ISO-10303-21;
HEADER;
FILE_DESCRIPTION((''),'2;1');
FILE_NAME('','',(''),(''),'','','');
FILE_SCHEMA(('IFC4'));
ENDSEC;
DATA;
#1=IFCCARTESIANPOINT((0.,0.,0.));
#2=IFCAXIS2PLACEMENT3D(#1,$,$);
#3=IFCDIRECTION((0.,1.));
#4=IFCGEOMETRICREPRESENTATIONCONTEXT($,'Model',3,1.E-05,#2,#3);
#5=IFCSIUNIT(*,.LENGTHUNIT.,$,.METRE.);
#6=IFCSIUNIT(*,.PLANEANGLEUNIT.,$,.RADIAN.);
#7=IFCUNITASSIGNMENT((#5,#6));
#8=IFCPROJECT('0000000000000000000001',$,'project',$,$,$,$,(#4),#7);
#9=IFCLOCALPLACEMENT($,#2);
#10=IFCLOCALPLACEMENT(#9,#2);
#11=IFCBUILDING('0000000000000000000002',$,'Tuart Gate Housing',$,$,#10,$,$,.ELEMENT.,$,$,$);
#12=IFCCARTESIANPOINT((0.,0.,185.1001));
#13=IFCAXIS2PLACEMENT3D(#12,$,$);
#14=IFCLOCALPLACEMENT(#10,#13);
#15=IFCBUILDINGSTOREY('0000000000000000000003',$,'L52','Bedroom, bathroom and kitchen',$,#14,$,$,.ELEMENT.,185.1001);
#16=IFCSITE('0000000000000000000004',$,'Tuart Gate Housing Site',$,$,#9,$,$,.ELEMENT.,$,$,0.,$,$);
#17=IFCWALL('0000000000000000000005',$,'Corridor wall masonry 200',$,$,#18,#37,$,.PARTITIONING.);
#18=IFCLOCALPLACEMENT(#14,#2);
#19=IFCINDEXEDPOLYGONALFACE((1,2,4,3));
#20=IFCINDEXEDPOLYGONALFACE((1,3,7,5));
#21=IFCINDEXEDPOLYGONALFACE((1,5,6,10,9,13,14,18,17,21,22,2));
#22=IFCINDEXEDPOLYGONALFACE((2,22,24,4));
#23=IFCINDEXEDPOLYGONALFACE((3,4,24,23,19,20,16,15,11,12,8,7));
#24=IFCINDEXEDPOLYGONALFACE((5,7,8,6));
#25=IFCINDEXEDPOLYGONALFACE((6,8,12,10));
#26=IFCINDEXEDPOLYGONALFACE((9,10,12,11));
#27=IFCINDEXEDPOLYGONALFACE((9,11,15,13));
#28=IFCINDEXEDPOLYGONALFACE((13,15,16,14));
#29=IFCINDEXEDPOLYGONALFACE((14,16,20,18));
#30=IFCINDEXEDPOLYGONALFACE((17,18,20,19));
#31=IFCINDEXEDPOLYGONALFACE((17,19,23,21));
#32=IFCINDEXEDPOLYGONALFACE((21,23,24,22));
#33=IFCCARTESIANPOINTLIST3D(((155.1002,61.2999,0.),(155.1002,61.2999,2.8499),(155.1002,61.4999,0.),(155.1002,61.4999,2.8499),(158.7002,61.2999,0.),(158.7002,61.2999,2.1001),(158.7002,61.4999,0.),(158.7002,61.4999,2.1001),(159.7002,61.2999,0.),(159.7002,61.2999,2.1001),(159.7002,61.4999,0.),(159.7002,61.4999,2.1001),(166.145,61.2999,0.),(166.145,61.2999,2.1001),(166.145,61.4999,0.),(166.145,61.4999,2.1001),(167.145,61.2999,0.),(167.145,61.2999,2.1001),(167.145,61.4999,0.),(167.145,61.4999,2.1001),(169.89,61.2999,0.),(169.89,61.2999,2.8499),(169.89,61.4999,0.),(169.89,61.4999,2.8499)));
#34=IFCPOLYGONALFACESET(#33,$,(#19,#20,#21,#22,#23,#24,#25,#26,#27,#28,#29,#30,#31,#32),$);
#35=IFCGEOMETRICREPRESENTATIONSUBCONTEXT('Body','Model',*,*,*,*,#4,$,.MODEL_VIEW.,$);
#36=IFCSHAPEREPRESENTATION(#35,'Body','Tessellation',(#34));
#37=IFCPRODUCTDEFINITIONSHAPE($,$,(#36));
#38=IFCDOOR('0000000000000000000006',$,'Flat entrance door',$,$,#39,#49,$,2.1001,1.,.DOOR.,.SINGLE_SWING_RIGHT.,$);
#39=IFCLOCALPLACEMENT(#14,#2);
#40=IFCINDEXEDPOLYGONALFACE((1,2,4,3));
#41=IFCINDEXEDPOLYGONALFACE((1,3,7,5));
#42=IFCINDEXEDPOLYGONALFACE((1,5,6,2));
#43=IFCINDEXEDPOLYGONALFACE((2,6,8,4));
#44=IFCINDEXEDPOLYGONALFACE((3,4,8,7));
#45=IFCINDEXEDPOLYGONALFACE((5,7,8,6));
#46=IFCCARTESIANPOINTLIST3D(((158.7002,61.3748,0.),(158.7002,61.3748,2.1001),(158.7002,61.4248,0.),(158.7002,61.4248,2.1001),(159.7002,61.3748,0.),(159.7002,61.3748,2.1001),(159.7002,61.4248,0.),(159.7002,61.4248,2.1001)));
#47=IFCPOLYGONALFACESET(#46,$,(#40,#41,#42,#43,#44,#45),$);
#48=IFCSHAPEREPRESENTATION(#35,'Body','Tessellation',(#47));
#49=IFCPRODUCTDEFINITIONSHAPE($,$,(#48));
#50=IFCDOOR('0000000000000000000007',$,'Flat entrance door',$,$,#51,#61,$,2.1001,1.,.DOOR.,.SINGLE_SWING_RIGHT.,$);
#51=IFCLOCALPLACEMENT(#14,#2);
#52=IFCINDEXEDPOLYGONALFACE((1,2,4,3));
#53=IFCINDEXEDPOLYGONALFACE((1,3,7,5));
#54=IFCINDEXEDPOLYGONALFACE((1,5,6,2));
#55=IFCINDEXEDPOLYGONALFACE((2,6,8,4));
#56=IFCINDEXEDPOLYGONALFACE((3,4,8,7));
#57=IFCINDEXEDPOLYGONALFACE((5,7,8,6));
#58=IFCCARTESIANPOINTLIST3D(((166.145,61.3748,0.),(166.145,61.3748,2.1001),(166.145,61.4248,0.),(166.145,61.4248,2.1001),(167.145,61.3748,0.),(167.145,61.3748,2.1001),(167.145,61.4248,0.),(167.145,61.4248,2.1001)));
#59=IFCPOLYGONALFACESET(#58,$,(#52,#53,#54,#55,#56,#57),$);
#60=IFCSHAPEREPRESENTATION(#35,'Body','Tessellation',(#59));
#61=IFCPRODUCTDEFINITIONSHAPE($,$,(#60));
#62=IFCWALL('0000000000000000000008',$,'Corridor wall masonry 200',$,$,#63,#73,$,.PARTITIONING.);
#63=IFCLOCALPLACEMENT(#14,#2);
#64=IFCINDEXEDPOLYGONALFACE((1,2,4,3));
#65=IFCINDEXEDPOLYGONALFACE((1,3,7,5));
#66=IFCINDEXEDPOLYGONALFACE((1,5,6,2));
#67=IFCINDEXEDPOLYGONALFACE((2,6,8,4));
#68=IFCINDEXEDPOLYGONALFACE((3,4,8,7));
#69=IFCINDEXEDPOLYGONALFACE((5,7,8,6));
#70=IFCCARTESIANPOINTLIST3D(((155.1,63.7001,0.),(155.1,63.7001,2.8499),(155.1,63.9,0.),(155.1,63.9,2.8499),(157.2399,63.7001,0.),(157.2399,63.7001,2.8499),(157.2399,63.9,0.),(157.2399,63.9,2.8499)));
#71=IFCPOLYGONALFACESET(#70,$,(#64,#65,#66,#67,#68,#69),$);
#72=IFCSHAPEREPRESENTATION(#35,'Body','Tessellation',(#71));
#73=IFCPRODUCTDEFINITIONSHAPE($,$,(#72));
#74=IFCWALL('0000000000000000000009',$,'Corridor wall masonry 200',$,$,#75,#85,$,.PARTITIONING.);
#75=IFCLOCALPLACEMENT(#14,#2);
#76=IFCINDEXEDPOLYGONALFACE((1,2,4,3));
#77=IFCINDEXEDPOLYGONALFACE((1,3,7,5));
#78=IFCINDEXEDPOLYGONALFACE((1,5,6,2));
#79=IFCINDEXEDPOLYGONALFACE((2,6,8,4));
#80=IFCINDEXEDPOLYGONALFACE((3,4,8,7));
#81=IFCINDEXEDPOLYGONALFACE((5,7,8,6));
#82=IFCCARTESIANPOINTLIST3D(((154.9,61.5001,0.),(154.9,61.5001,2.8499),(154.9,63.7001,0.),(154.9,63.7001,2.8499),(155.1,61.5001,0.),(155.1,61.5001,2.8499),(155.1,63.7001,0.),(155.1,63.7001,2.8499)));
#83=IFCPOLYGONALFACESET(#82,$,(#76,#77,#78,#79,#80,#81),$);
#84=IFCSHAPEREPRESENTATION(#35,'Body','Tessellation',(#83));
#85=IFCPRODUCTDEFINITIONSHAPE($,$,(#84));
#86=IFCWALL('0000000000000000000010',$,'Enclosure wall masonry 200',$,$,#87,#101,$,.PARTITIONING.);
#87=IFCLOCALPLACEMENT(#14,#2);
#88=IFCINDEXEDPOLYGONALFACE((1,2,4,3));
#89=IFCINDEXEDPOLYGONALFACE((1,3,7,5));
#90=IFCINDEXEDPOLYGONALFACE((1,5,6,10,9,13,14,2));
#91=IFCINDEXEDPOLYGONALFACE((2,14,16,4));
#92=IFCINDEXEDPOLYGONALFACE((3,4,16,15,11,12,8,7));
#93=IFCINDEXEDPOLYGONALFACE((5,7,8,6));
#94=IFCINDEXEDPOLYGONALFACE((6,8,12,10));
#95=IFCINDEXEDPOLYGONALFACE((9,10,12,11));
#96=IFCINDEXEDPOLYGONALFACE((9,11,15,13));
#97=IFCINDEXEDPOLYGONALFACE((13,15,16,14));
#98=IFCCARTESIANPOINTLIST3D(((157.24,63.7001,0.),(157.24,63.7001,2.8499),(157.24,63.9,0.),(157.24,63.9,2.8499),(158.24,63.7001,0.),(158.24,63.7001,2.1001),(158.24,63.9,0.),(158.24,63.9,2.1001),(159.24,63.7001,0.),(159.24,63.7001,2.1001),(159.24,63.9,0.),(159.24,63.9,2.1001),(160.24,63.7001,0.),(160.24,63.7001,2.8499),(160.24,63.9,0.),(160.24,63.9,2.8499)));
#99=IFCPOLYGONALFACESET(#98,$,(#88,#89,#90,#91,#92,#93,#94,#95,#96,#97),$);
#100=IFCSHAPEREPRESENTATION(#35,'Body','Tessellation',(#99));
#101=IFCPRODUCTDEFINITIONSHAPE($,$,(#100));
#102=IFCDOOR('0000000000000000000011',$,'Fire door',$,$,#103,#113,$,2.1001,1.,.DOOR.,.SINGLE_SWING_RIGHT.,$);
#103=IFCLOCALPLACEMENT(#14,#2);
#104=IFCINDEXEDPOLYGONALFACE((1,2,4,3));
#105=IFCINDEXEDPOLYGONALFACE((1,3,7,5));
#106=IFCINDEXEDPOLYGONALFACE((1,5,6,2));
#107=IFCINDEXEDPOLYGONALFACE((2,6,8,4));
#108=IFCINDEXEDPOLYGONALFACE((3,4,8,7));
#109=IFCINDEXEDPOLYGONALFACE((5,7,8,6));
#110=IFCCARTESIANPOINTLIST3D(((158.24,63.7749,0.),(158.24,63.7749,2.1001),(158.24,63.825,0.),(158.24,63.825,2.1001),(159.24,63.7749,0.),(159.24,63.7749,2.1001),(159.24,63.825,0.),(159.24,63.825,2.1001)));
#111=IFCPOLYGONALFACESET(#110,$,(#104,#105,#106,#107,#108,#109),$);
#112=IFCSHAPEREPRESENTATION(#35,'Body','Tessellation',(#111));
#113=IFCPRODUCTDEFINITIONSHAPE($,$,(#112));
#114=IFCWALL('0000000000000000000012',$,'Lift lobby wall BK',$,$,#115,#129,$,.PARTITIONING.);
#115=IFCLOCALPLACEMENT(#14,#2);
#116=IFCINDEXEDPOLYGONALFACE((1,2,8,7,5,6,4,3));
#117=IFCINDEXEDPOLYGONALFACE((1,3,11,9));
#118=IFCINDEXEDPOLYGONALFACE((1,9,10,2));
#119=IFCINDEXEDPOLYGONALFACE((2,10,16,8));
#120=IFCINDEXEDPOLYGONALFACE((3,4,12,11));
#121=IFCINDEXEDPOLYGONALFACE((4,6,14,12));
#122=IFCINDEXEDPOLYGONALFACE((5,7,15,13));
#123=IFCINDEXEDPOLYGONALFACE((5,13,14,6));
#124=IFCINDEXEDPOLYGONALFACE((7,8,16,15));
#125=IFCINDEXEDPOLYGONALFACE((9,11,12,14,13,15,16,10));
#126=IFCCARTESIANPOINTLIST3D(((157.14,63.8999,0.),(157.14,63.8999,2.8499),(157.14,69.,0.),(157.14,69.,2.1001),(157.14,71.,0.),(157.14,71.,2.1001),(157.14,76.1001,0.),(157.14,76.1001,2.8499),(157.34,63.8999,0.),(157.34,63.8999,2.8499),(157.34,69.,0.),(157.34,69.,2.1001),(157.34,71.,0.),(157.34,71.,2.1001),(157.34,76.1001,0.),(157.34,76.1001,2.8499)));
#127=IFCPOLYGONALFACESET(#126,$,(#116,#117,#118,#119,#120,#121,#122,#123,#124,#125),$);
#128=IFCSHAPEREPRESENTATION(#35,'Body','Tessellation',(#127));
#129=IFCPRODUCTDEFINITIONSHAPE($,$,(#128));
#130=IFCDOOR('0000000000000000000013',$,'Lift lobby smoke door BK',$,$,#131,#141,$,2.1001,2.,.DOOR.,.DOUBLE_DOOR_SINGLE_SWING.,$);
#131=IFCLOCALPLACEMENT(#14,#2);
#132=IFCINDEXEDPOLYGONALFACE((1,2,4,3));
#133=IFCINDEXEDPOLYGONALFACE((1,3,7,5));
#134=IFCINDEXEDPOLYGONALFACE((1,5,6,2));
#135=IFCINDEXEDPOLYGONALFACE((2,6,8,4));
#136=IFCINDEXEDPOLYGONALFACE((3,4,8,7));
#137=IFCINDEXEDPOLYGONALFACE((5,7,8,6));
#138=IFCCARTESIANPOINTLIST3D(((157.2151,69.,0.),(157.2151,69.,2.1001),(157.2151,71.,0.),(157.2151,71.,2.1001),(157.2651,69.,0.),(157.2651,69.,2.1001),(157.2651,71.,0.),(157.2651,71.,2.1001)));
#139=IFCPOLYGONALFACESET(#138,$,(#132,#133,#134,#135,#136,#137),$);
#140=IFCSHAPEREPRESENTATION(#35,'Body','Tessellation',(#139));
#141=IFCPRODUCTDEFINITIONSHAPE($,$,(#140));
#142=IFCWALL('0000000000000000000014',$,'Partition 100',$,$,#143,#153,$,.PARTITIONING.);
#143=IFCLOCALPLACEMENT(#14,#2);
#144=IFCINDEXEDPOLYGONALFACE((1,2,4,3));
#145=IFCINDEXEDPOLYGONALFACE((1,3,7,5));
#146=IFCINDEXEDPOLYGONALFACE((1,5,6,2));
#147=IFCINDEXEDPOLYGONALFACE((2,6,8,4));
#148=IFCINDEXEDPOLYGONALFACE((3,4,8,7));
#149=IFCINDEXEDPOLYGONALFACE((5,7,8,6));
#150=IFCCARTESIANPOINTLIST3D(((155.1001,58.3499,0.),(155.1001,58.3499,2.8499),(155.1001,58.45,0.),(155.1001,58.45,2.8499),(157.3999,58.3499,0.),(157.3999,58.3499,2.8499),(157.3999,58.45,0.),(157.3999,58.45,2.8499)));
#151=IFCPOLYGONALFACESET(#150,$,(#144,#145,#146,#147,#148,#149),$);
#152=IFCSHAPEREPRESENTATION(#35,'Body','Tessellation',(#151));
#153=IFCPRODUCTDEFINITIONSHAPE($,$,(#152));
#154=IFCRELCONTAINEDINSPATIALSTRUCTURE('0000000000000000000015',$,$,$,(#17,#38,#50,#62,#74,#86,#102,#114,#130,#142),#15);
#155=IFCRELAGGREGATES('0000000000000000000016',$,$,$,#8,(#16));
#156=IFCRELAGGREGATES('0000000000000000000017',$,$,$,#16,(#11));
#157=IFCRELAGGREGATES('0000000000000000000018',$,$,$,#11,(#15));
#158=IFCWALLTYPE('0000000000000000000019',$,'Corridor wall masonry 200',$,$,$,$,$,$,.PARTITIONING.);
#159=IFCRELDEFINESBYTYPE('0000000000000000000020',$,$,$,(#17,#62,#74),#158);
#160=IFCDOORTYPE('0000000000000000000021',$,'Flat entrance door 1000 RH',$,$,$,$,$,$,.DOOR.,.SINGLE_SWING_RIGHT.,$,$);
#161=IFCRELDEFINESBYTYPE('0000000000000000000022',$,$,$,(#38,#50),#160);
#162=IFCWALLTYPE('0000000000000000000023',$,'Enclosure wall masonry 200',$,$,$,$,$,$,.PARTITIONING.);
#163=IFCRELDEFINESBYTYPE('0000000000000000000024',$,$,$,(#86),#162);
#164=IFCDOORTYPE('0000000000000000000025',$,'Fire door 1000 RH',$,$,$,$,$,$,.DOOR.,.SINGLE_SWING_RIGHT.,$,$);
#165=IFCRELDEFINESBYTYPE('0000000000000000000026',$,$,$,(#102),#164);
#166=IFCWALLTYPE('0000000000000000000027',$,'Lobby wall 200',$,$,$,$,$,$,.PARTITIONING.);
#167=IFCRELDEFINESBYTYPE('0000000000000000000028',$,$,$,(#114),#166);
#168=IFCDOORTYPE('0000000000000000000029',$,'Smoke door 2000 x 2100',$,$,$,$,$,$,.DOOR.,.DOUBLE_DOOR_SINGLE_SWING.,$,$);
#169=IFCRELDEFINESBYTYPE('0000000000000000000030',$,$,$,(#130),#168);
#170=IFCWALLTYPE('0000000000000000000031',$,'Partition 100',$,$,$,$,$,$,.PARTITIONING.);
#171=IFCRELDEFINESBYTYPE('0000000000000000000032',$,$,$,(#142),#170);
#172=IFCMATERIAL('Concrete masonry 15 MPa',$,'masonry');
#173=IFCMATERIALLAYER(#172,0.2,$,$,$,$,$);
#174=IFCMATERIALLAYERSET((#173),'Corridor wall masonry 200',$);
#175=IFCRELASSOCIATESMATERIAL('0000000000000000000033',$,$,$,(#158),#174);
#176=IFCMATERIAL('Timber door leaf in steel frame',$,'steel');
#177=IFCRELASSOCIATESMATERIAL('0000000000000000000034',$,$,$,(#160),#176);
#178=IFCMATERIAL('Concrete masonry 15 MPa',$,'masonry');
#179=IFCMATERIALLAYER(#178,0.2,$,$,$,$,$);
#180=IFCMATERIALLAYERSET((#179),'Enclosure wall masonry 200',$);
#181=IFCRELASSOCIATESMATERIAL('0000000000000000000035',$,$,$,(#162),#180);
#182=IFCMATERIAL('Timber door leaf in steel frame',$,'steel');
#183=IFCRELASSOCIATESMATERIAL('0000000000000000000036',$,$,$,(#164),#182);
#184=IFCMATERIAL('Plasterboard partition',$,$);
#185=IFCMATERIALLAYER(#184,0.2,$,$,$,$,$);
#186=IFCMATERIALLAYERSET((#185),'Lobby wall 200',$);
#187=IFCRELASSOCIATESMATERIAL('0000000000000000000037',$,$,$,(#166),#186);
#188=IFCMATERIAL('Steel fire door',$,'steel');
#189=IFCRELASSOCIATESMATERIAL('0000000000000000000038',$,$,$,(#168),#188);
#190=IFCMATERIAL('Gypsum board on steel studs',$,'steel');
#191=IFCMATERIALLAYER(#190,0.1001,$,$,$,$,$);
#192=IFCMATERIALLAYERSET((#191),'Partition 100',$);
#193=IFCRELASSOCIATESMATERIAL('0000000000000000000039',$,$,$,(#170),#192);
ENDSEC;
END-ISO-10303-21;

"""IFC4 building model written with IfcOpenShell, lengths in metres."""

from ifc_helpers import new_model, si_unit, direction, frame, frame_2d, origin, place, context, subcontext, project, spatial, rectangle, extrude, material, layer, layer_set, type_object, element, fill, save


model = new_model("IFC4")

# Units and contexts
model_context = context("Model", 3, precision=1e-05, world=origin(), true_north=direction((0.0, 1.0)))
body_context = subcontext(model_context, "Body", "Model", "MODEL_VIEW")
ifc_project = project(units=[si_unit("LENGTHUNIT", "METRE"), si_unit("PLANEANGLEUNIT", "RADIAN")], contexts=[model_context])

# Site, building, storey
site_placement = place(None, origin())
site = spatial("IfcSite", under=ifc_project, at=site_placement, Name="Tuart Gate Housing Site", CompositionType="ELEMENT", RefElevation=0.0)
building_placement = place(site_placement, origin())
building = spatial("IfcBuilding", under=site, at=building_placement, Name="Tuart Gate Housing", CompositionType="ELEMENT")
storey_placement = place(building_placement, frame((0.0, 0.0, 185.1001)))
storey = spatial("IfcBuildingStorey", under=building, at=storey_placement, Name="L52", Description="Bedroom, bathroom and kitchen", CompositionType="ELEMENT", Elevation=185.1001)

# Wall, openings, doors
ifc_material_1 = material(Name="Concrete masonry 15 MPa", Category="masonry")
ifc_layer_1 = layer(ifc_material_1, 0.2)
ifc_layer_set_1 = layer_set([ifc_layer_1], Name="Corridor wall masonry 200")
wall_type_1 = type_object("IfcWallType", Name="Corridor wall masonry 200", PredefinedType="PARTITIONING", material=ifc_layer_set_1)
wall_1_placement = place(storey_placement, frame((155.1001, 61.3999, 0.0), z_axis=(0.0, 0.0, 1.0), x_axis=(1.0, 0.0, 0.0)))
wall_1 = element("IfcWall", 1, at=wall_1_placement, inside=storey, type_object=wall_type_1, Name="Corridor wall masonry 200", PredefinedType="PARTITIONING", context=body_context, shape_type="SweptSolid", body=[
    extrude(rectangle(XDim=14.7898, YDim=0.2, at=frame_2d((7.395, 0.0))), origin(), (0.0, 0.0, 1.0), 2.8499),
])
opening_1_placement = place(wall_1_placement, frame((3.6001, 0.0, 0.0)))
opening_1 = element("IfcOpeningElement", 2, at=opening_1_placement, cuts=wall_1, PredefinedType="OPENING", context=body_context, shape_type="SweptSolid", body=[
    extrude(rectangle(XDim=1.0, YDim=2.1001, at=frame_2d((0.5, 1.05))), frame((0.0, 0.1099, 0.0), z_axis=(0.0, -1.0, 0.0), x_axis=(1.0, 0.0, 0.0)), (0.0, 0.0, 1.0), 0.22),
])
opening_2_placement = place(wall_1_placement, frame((11.0449, 0.0, 0.0)))
opening_2 = element("IfcOpeningElement", 3, at=opening_2_placement, cuts=wall_1, PredefinedType="OPENING", context=body_context, shape_type="SweptSolid", body=[
    extrude(rectangle(XDim=1.0, YDim=2.1001, at=frame_2d((0.5, 1.05))), frame((0.0, 0.1099, 0.0), z_axis=(0.0, -1.0, 0.0), x_axis=(1.0, 0.0, 0.0)), (0.0, 0.0, 1.0), 0.22),
])
ifc_material_2 = material(Name="Timber door leaf in steel frame", Category="steel")
door_type_1 = type_object("IfcDoorType", Name="Flat entrance door 1000 RH", OperationType="SINGLE_SWING_RIGHT", PredefinedType="DOOR", material=ifc_material_2)
door_1_placement = place(opening_1_placement, frame((1.0, 0.0, 0.0), z_axis=(0.0, 0.0, 1.0), x_axis=(-1.0, 0.0, 0.0)))
door_1 = element("IfcDoor", 4, at=door_1_placement, inside=storey, type_object=door_type_1, Name="Flat entrance door", OperationType="SINGLE_SWING_RIGHT", OverallHeight=2.1001, OverallWidth=1.0, PredefinedType="DOOR", context=body_context, shape_type="SweptSolid", body=[
    extrude(rectangle(XDim=1.0, YDim=2.1001, at=frame_2d((0.5, 1.05))), frame((0.0, 0.0251, 0.0), z_axis=(0.0, -1.0, 0.0), x_axis=(1.0, 0.0, 0.0)), (0.0, 0.0, 1.0), 0.05),
])
fill(opening_1, door_1)
door_2_placement = place(opening_2_placement, frame((1.0, 0.0, 0.0), z_axis=(0.0, 0.0, 1.0), x_axis=(-1.0, 0.0, 0.0)))
door_2 = element("IfcDoor", 5, at=door_2_placement, inside=storey, type_object=door_type_1, Name="Flat entrance door", OperationType="SINGLE_SWING_RIGHT", OverallHeight=2.1001, OverallWidth=1.0, PredefinedType="DOOR", context=body_context, shape_type="SweptSolid", body=[
    extrude(rectangle(XDim=1.0, YDim=2.1001, at=frame_2d((0.5, 1.05))), frame((0.0, 0.0251, 0.0), z_axis=(0.0, -1.0, 0.0), x_axis=(1.0, 0.0, 0.0)), (0.0, 0.0, 1.0), 0.05),
])
fill(opening_2, door_2)

# Walls
wall_2_placement = place(storey_placement, frame((155.1001, 63.8, 0.0), z_axis=(0.0, 0.0, 1.0), x_axis=(1.0, 0.0, 0.0)))
element("IfcWall", 6, at=wall_2_placement, inside=storey, type_object=wall_type_1, Name="Corridor wall masonry 200", PredefinedType="PARTITIONING", context=body_context, shape_type="SweptSolid", body=[
    extrude(rectangle(XDim=2.1399, YDim=0.2, at=frame_2d((1.0698, 0.0))), origin(), (0.0, 0.0, 1.0), 2.8499),
])
wall_3_placement = place(storey_placement, frame((155.0, 61.5, 0.0), z_axis=(0.0, 0.0, 1.0), x_axis=(0.0, 1.0, 0.0)))
element("IfcWall", 7, at=wall_3_placement, inside=storey, type_object=wall_type_1, Name="Corridor wall masonry 200", PredefinedType="PARTITIONING", context=body_context, shape_type="SweptSolid", body=[
    extrude(rectangle(XDim=2.2, YDim=0.2, at=frame_2d((1.1001, 0.0))), origin(), (0.0, 0.0, 1.0), 2.8499),
])

# Walls, openings, doors
ifc_material_3 = material(Name="Concrete masonry 15 MPa", Category="masonry")
ifc_layer_2 = layer(ifc_material_3, 0.2)
ifc_layer_set_2 = layer_set([ifc_layer_2], Name="Enclosure wall masonry 200")
wall_type_2 = type_object("IfcWallType", Name="Enclosure wall masonry 200", PredefinedType="PARTITIONING", material=ifc_layer_set_2)
wall_4_placement = place(storey_placement, frame((157.24, 63.8, 0.0), z_axis=(0.0, 0.0, 1.0), x_axis=(1.0, 0.0, 0.0)))
wall_4 = element("IfcWall", 8, at=wall_4_placement, inside=storey, type_object=wall_type_2, Name="Enclosure wall masonry 200", PredefinedType="PARTITIONING", context=body_context, shape_type="SweptSolid", body=[
    extrude(rectangle(XDim=3.0, YDim=0.2, at=frame_2d((1.5, 0.0))), origin(), (0.0, 0.0, 1.0), 2.8499),
])
opening_3_placement = place(wall_4_placement, frame((1.0, 0.0, 0.0)))
opening_3 = element("IfcOpeningElement", 9, at=opening_3_placement, cuts=wall_4, PredefinedType="OPENING", context=body_context, shape_type="SweptSolid", body=[
    extrude(rectangle(XDim=1.0, YDim=2.1001, at=frame_2d((0.5, 1.05))), frame((0.0, 0.1099, 0.0), z_axis=(0.0, -1.0, 0.0), x_axis=(1.0, 0.0, 0.0)), (0.0, 0.0, 1.0), 0.22),
])
ifc_material_4 = material(Name="Timber door leaf in steel frame", Category="steel")
door_type_2 = type_object("IfcDoorType", Name="Fire door 1000 RH", OperationType="SINGLE_SWING_RIGHT", PredefinedType="DOOR", material=ifc_material_4)
door_3_placement = place(opening_3_placement, frame((1.0, 0.0, 0.0), z_axis=(0.0, 0.0, 1.0), x_axis=(-1.0, 0.0, 0.0)))
door_3 = element("IfcDoor", 10, at=door_3_placement, inside=storey, type_object=door_type_2, Name="Fire door", OperationType="SINGLE_SWING_RIGHT", OverallHeight=2.1001, OverallWidth=1.0, PredefinedType="DOOR", context=body_context, shape_type="SweptSolid", body=[
    extrude(rectangle(XDim=1.0, YDim=2.1001, at=frame_2d((0.5, 1.05))), frame((0.0, 0.0251, 0.0), z_axis=(0.0, -1.0, 0.0), x_axis=(1.0, 0.0, 0.0)), (0.0, 0.0, 1.0), 0.05),
])
fill(opening_3, door_3)
ifc_material_5 = material(Name="Plasterboard partition")
ifc_layer_3 = layer(ifc_material_5, 0.2)
ifc_layer_set_3 = layer_set([ifc_layer_3], Name="Lobby wall 200")
wall_type_3 = type_object("IfcWallType", Name="Lobby wall 200", PredefinedType="PARTITIONING", material=ifc_layer_set_3)
wall_5_placement = place(storey_placement, frame((157.24, 63.8999, 0.0), z_axis=(0.0, 0.0, 1.0), x_axis=(0.0, 1.0, 0.0)))
wall_5 = element("IfcWall", 11, at=wall_5_placement, inside=storey, type_object=wall_type_3, Name="Lift lobby wall BK", PredefinedType="PARTITIONING", context=body_context, shape_type="SweptSolid", body=[
    extrude(rectangle(XDim=12.2002, YDim=0.2, at=frame_2d((6.1001, 0.0))), origin(), (0.0, 0.0, 1.0), 2.8499),
])
opening_4_placement = place(wall_5_placement, frame((5.1001, 0.0, 0.0)))
opening_4 = element("IfcOpeningElement", 12, at=opening_4_placement, cuts=wall_5, PredefinedType="OPENING", context=body_context, shape_type="SweptSolid", body=[
    extrude(rectangle(XDim=2.0, YDim=2.1001, at=frame_2d((1.0, 1.05))), frame((0.0, 0.1099, 0.0), z_axis=(0.0, -1.0, 0.0), x_axis=(1.0, 0.0, 0.0)), (0.0, 0.0, 1.0), 0.22),
])
ifc_material_6 = material(Name="Steel fire door", Category="steel")
door_type_3 = type_object("IfcDoorType", Name="Smoke door 2000 x 2100", OperationType="DOUBLE_DOOR_SINGLE_SWING", PredefinedType="DOOR", material=ifc_material_6)
door_4_placement = place(opening_4_placement, frame((2.0, 0.0, 0.0), z_axis=(0.0, 0.0, 1.0), x_axis=(-1.0, 0.0, 0.0)))
door_4 = element("IfcDoor", 13, at=door_4_placement, inside=storey, type_object=door_type_3, Name="Lift lobby smoke door BK", OperationType="DOUBLE_DOOR_SINGLE_SWING", OverallHeight=2.1001, OverallWidth=2.0, PredefinedType="DOOR", context=body_context, shape_type="SweptSolid", body=[
    extrude(rectangle(XDim=2.0, YDim=2.1001, at=frame_2d((1.0, 1.05))), frame((0.0, 0.0251, 0.0), z_axis=(0.0, -1.0, 0.0), x_axis=(1.0, 0.0, 0.0)), (0.0, 0.0, 1.0), 0.05),
])
fill(opening_4, door_4)

# Wall
ifc_material_7 = material(Name="Gypsum board on steel studs", Category="steel")
ifc_layer_4 = layer(ifc_material_7, 0.1001)
ifc_layer_set_4 = layer_set([ifc_layer_4], Name="Partition 100")
wall_type_4 = type_object("IfcWallType", Name="Partition 100", PredefinedType="PARTITIONING", material=ifc_layer_set_4)
wall_6_placement = place(storey_placement, frame((155.1001, 58.3999, 0.0), z_axis=(0.0, 0.0, 1.0), x_axis=(1.0, 0.0, 0.0)))
element("IfcWall", 14, at=wall_6_placement, inside=storey, type_object=wall_type_4, Name="Partition 100", PredefinedType="PARTITIONING", context=body_context, shape_type="SweptSolid", body=[
    extrude(rectangle(XDim=2.2998, YDim=0.1001, at=frame_2d((1.1499, 0.0))), origin(), (0.0, 0.0, 1.0), 2.8499),
])

save(model, "model.ifc")
